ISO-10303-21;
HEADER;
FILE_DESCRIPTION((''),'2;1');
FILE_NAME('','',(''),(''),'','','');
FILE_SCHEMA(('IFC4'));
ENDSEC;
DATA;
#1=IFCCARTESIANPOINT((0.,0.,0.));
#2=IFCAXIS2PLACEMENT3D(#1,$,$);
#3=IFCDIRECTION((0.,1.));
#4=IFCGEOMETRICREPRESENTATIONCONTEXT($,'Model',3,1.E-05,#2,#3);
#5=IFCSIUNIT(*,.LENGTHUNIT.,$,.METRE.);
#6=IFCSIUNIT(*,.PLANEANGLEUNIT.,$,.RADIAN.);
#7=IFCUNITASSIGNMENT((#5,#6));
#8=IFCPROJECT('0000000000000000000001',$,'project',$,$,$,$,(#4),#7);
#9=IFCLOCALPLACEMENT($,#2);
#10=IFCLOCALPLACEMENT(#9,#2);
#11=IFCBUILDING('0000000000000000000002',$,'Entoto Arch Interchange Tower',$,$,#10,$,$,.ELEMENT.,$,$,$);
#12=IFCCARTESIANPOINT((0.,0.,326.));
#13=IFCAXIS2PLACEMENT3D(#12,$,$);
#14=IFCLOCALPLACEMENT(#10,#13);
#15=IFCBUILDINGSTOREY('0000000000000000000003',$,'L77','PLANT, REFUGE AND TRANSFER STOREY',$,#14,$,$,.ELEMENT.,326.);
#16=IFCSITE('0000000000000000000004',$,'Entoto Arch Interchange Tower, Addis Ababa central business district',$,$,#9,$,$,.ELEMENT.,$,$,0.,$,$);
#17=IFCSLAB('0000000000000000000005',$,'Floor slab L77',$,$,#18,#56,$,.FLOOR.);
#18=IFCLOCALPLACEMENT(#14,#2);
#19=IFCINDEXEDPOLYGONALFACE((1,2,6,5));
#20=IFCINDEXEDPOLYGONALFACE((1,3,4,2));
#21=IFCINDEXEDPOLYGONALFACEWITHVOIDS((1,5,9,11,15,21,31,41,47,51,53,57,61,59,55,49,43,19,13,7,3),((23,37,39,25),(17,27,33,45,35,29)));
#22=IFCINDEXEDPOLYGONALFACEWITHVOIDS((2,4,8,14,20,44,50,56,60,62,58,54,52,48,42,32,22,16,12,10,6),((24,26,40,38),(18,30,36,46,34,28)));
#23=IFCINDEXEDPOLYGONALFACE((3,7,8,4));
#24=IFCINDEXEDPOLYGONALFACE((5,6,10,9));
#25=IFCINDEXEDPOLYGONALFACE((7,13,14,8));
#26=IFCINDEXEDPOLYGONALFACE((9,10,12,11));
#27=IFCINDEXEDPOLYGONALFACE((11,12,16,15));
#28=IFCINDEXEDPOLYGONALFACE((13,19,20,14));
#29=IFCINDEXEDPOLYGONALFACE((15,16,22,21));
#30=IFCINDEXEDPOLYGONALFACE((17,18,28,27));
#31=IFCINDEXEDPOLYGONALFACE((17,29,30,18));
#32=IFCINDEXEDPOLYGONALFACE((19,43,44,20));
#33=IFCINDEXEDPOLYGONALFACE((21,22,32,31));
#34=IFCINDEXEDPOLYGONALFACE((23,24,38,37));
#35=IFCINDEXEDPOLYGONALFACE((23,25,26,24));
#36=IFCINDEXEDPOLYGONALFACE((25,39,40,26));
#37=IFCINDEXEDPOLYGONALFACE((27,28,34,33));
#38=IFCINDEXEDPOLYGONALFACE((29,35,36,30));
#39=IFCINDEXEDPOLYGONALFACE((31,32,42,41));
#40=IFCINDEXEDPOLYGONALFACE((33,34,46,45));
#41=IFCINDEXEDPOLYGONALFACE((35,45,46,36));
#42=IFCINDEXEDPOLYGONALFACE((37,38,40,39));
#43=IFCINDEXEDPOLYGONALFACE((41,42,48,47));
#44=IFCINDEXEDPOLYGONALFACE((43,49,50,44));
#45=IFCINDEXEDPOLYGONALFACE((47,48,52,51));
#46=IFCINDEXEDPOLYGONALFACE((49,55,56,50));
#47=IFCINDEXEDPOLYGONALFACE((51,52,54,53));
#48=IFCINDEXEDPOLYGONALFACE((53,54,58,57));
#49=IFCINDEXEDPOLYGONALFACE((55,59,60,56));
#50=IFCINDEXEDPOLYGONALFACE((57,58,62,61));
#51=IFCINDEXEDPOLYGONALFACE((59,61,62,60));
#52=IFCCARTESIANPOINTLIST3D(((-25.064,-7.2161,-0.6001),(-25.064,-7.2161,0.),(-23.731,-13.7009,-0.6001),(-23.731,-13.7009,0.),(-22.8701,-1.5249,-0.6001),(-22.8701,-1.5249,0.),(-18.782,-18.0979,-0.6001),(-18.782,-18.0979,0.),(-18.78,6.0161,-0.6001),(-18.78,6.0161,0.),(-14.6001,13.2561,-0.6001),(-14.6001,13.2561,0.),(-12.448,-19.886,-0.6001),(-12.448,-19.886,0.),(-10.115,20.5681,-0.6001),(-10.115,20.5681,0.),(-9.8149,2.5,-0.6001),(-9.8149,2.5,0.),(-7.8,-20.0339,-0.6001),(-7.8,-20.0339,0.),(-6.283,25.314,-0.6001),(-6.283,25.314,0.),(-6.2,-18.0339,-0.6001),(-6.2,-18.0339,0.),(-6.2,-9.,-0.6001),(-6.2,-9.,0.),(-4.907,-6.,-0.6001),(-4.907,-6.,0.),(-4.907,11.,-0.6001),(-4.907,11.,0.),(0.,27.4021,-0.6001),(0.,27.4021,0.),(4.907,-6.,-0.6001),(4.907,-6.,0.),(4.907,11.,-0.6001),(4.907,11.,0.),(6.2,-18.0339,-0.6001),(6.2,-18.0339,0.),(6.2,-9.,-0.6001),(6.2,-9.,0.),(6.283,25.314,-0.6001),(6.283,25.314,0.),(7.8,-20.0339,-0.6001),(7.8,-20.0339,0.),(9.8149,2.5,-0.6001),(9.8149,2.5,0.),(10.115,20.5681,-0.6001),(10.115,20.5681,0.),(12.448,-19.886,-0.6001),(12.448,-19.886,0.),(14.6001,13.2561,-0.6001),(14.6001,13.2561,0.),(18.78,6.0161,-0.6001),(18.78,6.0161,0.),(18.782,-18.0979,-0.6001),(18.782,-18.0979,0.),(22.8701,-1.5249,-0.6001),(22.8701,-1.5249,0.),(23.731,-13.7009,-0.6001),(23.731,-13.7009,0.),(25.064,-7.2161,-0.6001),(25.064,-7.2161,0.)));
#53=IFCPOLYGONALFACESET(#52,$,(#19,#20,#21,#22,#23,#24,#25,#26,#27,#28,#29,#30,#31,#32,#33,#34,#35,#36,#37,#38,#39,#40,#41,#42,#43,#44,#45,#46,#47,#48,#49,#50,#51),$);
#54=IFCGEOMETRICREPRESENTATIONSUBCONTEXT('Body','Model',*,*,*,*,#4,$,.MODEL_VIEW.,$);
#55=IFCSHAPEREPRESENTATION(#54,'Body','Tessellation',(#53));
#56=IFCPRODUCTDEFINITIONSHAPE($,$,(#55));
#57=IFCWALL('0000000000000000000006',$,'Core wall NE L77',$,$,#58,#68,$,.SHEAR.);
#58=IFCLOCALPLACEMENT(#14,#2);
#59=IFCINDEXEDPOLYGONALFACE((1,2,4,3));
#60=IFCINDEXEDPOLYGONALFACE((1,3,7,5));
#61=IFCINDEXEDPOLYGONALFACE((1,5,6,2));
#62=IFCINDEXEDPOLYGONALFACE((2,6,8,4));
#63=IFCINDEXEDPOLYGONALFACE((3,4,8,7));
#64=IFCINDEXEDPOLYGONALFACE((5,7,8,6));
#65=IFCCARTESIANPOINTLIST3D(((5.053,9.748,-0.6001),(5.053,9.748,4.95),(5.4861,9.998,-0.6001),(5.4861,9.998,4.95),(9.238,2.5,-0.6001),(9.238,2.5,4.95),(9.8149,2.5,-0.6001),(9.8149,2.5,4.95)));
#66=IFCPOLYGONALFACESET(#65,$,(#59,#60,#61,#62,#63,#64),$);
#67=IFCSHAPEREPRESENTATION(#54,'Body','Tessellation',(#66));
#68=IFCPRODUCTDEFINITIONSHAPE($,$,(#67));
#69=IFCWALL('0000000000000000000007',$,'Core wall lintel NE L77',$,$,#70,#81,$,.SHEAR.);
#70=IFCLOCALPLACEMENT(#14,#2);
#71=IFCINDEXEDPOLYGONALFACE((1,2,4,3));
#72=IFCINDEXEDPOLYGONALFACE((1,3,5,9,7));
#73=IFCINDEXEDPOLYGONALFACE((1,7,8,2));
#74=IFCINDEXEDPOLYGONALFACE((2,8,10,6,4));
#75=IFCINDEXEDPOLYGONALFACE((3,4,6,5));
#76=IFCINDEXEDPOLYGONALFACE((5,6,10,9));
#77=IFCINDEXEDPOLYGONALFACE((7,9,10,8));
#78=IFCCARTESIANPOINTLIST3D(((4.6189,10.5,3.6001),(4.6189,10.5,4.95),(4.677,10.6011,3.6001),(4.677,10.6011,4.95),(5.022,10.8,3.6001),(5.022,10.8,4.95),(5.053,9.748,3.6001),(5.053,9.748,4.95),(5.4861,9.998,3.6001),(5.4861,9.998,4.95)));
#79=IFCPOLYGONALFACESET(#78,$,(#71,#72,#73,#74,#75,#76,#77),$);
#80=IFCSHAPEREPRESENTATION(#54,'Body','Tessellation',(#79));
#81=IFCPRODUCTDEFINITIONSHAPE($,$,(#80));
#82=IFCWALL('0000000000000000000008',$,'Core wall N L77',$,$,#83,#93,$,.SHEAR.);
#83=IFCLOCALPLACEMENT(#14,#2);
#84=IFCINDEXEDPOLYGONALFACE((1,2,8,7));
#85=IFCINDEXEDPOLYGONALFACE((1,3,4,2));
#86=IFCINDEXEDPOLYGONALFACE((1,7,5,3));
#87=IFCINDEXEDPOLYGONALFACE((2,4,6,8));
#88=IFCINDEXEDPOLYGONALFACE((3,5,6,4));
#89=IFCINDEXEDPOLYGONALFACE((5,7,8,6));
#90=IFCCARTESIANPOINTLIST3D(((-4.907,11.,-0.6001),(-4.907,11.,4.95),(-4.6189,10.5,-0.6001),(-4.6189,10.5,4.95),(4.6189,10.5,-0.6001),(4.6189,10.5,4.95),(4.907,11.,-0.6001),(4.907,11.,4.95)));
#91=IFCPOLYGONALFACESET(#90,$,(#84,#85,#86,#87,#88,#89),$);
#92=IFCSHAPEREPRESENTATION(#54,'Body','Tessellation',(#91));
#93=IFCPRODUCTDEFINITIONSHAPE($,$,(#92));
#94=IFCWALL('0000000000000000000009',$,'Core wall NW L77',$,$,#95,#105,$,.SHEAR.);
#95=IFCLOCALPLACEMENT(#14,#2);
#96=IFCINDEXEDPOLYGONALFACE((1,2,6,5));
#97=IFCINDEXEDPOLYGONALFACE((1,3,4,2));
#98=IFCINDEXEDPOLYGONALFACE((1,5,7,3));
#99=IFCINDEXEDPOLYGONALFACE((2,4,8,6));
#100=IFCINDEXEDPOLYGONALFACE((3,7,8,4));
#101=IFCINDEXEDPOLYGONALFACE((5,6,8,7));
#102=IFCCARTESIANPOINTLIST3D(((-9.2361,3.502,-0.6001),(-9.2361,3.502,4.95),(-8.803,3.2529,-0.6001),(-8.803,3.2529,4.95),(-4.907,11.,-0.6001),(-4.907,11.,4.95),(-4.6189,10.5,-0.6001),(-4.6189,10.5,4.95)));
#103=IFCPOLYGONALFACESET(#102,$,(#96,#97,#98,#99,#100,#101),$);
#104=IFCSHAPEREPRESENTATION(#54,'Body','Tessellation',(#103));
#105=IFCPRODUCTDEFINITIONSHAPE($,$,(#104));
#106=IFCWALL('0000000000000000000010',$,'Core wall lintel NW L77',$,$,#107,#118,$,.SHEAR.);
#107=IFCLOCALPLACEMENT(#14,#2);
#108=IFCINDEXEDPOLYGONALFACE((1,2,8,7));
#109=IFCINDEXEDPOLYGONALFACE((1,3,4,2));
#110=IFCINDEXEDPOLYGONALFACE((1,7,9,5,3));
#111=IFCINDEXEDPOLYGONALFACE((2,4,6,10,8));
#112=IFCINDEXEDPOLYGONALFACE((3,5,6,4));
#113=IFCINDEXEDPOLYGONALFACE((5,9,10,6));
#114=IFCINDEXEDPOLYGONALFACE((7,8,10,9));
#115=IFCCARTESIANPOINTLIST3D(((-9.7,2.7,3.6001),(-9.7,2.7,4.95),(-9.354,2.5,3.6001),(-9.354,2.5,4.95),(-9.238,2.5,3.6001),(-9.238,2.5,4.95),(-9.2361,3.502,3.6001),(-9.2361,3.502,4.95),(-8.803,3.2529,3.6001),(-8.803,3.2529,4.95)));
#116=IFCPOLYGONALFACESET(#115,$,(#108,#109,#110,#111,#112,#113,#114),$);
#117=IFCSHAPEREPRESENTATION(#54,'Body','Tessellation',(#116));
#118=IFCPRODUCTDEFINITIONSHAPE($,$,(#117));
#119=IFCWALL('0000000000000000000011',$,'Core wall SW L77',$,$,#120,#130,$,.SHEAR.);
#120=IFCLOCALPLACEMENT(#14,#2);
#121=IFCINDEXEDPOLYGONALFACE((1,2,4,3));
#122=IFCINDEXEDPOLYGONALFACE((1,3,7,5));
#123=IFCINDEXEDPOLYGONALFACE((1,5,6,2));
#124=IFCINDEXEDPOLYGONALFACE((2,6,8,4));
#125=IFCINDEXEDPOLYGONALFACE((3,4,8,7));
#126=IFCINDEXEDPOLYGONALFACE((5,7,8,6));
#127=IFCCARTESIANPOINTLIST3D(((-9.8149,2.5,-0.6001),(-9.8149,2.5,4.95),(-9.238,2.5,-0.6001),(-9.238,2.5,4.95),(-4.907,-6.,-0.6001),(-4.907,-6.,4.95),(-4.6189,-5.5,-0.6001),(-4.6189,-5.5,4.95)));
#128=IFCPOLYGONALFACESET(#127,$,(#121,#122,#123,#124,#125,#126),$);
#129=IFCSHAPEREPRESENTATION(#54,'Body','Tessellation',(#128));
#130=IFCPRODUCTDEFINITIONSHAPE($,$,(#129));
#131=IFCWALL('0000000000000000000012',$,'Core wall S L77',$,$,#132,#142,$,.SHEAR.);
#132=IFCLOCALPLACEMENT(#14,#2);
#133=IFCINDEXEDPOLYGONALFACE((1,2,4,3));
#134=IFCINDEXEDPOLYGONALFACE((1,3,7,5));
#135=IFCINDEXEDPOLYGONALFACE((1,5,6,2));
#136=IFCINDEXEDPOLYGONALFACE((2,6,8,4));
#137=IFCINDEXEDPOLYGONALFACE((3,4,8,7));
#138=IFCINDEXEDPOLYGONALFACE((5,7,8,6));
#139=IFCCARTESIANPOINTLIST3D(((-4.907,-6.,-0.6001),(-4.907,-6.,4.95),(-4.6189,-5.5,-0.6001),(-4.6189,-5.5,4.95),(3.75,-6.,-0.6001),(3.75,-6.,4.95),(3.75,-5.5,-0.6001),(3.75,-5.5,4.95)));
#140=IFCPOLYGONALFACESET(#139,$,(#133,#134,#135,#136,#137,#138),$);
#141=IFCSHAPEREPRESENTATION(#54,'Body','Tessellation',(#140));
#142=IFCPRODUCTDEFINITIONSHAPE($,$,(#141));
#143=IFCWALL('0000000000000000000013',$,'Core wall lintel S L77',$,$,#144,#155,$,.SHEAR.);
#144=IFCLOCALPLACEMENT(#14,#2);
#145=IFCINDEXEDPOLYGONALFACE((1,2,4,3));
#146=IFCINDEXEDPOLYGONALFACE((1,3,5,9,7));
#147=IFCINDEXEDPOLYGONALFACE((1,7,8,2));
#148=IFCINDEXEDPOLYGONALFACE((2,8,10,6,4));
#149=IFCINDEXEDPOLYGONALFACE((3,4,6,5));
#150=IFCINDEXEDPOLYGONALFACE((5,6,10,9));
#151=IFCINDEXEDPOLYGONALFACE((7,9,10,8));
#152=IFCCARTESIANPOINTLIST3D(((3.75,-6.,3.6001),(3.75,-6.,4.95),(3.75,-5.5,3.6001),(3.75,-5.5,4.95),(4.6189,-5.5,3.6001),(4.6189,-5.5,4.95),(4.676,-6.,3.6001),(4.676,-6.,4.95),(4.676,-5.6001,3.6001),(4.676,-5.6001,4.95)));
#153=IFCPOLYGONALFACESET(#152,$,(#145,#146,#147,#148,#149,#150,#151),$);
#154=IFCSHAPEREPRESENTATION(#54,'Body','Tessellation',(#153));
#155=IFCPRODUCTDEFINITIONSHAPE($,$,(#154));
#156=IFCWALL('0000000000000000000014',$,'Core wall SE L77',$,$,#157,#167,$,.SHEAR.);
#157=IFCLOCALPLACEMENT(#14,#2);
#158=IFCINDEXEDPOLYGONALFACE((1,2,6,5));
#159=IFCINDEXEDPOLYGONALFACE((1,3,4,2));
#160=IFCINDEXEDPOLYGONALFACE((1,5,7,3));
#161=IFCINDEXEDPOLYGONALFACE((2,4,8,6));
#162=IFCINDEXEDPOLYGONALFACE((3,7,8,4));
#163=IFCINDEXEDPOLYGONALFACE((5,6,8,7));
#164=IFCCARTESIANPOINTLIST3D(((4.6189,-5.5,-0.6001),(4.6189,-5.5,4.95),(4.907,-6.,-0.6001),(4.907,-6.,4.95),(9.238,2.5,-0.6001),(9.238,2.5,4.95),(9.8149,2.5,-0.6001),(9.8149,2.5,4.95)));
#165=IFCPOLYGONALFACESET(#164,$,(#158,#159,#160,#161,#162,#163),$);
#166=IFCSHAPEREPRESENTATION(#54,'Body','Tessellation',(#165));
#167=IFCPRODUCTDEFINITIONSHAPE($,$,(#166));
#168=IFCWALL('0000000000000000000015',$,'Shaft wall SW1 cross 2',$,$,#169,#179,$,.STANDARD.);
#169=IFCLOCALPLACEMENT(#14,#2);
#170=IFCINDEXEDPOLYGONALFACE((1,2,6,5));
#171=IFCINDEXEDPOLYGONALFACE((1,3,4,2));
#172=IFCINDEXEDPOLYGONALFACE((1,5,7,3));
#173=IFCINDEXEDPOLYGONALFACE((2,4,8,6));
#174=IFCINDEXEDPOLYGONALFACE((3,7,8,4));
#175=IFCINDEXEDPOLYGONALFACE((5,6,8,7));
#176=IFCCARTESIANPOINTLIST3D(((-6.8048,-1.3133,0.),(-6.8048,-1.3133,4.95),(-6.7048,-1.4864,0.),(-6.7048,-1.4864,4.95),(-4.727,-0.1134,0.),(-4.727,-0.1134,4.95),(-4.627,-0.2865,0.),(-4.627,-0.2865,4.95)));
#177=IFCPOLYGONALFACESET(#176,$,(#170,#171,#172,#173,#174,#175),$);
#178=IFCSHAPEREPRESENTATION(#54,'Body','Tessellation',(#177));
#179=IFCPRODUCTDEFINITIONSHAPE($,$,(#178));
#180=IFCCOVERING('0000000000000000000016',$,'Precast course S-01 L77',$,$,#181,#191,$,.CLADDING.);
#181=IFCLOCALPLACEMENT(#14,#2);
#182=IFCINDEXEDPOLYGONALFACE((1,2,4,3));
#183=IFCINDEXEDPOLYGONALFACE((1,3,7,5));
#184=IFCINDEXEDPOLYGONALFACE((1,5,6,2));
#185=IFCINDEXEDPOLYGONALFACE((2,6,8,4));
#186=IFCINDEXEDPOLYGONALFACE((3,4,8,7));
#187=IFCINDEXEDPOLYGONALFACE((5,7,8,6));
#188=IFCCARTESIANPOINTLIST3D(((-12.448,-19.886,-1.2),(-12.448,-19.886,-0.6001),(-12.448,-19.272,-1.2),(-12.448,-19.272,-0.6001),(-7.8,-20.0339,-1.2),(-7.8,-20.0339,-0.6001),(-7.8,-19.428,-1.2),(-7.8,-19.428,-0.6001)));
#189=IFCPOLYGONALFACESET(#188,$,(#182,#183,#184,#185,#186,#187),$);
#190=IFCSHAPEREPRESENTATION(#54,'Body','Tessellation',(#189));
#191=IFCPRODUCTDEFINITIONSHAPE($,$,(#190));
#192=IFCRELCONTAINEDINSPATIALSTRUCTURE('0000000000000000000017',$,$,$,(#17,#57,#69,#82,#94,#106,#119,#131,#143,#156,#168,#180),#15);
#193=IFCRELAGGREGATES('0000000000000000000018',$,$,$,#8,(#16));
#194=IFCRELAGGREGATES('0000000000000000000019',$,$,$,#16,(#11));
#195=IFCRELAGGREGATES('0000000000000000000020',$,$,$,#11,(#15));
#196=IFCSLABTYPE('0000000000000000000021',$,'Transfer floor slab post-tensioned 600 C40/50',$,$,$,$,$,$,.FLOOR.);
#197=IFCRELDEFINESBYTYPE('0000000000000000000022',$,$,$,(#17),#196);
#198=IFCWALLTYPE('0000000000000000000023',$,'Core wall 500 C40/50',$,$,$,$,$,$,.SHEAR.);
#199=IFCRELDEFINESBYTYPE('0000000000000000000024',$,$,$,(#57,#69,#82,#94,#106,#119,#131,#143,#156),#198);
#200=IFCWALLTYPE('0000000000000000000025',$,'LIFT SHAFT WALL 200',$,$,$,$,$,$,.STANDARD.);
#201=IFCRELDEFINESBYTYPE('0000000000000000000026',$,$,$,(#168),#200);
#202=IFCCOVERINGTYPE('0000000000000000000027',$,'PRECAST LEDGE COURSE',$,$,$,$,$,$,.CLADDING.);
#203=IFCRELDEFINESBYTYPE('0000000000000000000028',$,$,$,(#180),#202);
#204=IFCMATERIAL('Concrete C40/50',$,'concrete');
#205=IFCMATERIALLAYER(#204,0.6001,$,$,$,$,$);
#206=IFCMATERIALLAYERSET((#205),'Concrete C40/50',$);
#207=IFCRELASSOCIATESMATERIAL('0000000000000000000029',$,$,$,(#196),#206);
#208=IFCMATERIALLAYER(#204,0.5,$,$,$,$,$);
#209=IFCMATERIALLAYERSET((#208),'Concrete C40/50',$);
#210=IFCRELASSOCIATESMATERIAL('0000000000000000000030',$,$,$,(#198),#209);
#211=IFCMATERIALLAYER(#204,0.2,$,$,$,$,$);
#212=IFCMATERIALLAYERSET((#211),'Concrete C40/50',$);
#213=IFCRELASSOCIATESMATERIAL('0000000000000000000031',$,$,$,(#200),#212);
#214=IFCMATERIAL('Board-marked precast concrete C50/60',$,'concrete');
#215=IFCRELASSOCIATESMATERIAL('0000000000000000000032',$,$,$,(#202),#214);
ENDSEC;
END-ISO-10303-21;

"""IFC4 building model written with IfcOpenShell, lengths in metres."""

from ifc_helpers import new_model, si_unit, direction, frame, frame_2d, origin, place, context, subcontext, project, spatial, polyline, rectangle, outline, extrude, material, layer, layer_set, type_object, element, save


model = new_model("IFC4")

# Units and contexts
model_context = context("Model", 3, precision=1e-05, world=origin(), true_north=direction((0.0, 1.0)))
body_context = subcontext(model_context, "Body", "Model", "MODEL_VIEW")
ifc_project = project(units=[si_unit("LENGTHUNIT", "METRE"), si_unit("PLANEANGLEUNIT", "RADIAN")], contexts=[model_context])

# Site, building, storey
site_placement = place(None, origin())
site = spatial("IfcSite", under=ifc_project, at=site_placement, Name="Entoto Arch Interchange Tower, Addis Ababa central business district", CompositionType="ELEMENT", RefElevation=0.0)
building_placement = place(site_placement, origin())
building = spatial("IfcBuilding", under=site, at=building_placement, Name="Entoto Arch Interchange Tower", CompositionType="ELEMENT")
storey_placement = place(building_placement, frame((0.0, 0.0, 326.0)))
storey = spatial("IfcBuildingStorey", under=building, at=storey_placement, Name="L77", Description="PLANT, REFUGE AND TRANSFER STOREY", CompositionType="ELEMENT", Elevation=326.0)

# Slab
ifc_material_1 = material(Name="Concrete C40/50", Category="concrete")
ifc_layer_1 = layer(ifc_material_1, 0.6001)
ifc_layer_set_1 = layer_set([ifc_layer_1], Name="Concrete C40/50")
slab_type = type_object("IfcSlabType", Name="Transfer floor slab post-tensioned 600 C40/50", PredefinedType="FLOOR", material=ifc_layer_set_1)
slab_placement = place(storey_placement, frame((0.0, 0.0, -0.6001)))
element("IfcSlab", 1, at=slab_placement, inside=storey, type_object=slab_type, Name="Floor slab L77", PredefinedType="FLOOR", context=body_context, shape_type="SweptSolid", body=[
    extrude(outline(polyline([(-12.448, -19.886), (-7.8, -20.0339), (7.8, -20.0339), (12.448, -19.886), (18.782, -18.0979), (23.731, -13.7009), (25.064, -7.2161), (22.8701, -1.5249), (18.78, 6.0161), (14.6001, 13.2561), (10.115, 20.5681), (6.283, 25.314), (0.0, 27.4021), (-6.283, 25.314), (-10.115, 20.5681), (-14.6001, 13.2561), (-18.78, 6.0161), (-22.8701, -1.5249), (-25.064, -7.2161), (-23.731, -13.7009), (-18.782, -18.0979), (-12.448, -19.886)]), holes=[polyline([(6.2, -18.0339), (6.2, -9.0), (-6.2, -9.0), (-6.2, -18.0339), (6.2, -18.0339)]), polyline([(9.8149, 2.5), (4.907, 11.0), (-4.907, 11.0), (-9.8149, 2.5), (-4.907, -6.0), (4.907, -6.0), (9.8149, 2.5)])]), origin(), (0.0, 0.0, 1.0), 0.6001),
])

# Walls
ifc_layer_2 = layer(ifc_material_1, 0.5)
ifc_layer_set_2 = layer_set([ifc_layer_2], Name="Concrete C40/50")
wall_type_1 = type_object("IfcWallType", Name="Core wall 500 C40/50", PredefinedType="SHEAR", material=ifc_layer_set_2)
wall_1_placement = place(storey_placement, frame((0.0, 0.0, -0.6001)))
element("IfcWall", 2, at=wall_1_placement, inside=storey, type_object=wall_type_1, Name="Core wall NE L77", PredefinedType="SHEAR", context=body_context, shape_type="SweptSolid", body=[
    extrude(outline(polyline([(5.4861, 9.998), (5.053, 9.748), (9.238, 2.5), (9.8149, 2.5), (5.4861, 9.998)])), origin(), (0.0, 0.0, 1.0), 5.55),
])
wall_2_placement = place(storey_placement, frame((0.0, 0.0, 3.6001)))
element("IfcWall", 3, at=wall_2_placement, inside=storey, type_object=wall_type_1, Name="Core wall lintel NE L77", PredefinedType="SHEAR", context=body_context, shape_type="SweptSolid", body=[
    extrude(outline(polyline([(5.022, 10.8), (4.677, 10.6011), (4.6189, 10.5), (5.053, 9.748), (5.4861, 9.998), (5.022, 10.8)])), origin(), (0.0, 0.0, 1.0), 1.3499),
])
wall_3_placement = place(storey_placement, frame((0.0, 0.0, -0.6001)))
element("IfcWall", 4, at=wall_3_placement, inside=storey, type_object=wall_type_1, Name="Core wall N L77", PredefinedType="SHEAR", context=body_context, shape_type="SweptSolid", body=[
    extrude(outline(polyline([(4.907, 11.0), (-4.907, 11.0), (-4.6189, 10.5), (4.6189, 10.5), (4.907, 11.0)])), origin(), (0.0, 0.0, 1.0), 5.55),
])
wall_4_placement = place(storey_placement, frame((0.0, 0.0, -0.6001)))
element("IfcWall", 5, at=wall_4_placement, inside=storey, type_object=wall_type_1, Name="Core wall NW L77", PredefinedType="SHEAR", context=body_context, shape_type="SweptSolid", body=[
    extrude(outline(polyline([(-9.2361, 3.502), (-8.803, 3.2529), (-4.6189, 10.5), (-4.907, 11.0), (-9.2361, 3.502)])), origin(), (0.0, 0.0, 1.0), 5.55),
])
wall_5_placement = place(storey_placement, frame((0.0, 0.0, 3.6001)))
element("IfcWall", 6, at=wall_5_placement, inside=storey, type_object=wall_type_1, Name="Core wall lintel NW L77", PredefinedType="SHEAR", context=body_context, shape_type="SweptSolid", body=[
    extrude(outline(polyline([(-9.7, 2.7), (-9.354, 2.5), (-9.238, 2.5), (-8.803, 3.2529), (-9.2361, 3.502), (-9.7, 2.7)])), origin(), (0.0, 0.0, 1.0), 1.3499),
])
wall_6_placement = place(storey_placement, frame((0.0, 0.0, -0.6001)))
element("IfcWall", 7, at=wall_6_placement, inside=storey, type_object=wall_type_1, Name="Core wall SW L77", PredefinedType="SHEAR", context=body_context, shape_type="SweptSolid", body=[
    extrude(outline(polyline([(-9.8149, 2.5), (-4.907, -6.0), (-4.6189, -5.5), (-9.238, 2.5), (-9.8149, 2.5)])), origin(), (0.0, 0.0, 1.0), 5.55),
])
wall_7_placement = place(storey_placement, frame((0.0, 0.0, -0.6001)))
element("IfcWall", 8, at=wall_7_placement, inside=storey, type_object=wall_type_1, Name="Core wall S L77", PredefinedType="SHEAR", context=body_context, shape_type="SweptSolid", body=[
    extrude(outline(polyline([(3.75, -6.0), (3.75, -5.5), (-4.6189, -5.5), (-4.907, -6.0), (3.75, -6.0)])), origin(), (0.0, 0.0, 1.0), 5.55),
])
wall_8_placement = place(storey_placement, frame((0.0, 0.0, 3.6001)))
element("IfcWall", 9, at=wall_8_placement, inside=storey, type_object=wall_type_1, Name="Core wall lintel S L77", PredefinedType="SHEAR", context=body_context, shape_type="SweptSolid", body=[
    extrude(outline(polyline([(4.676, -6.0), (4.676, -5.6001), (4.6189, -5.5), (3.75, -5.5), (3.75, -6.0), (4.676, -6.0)])), origin(), (0.0, 0.0, 1.0), 1.3499),
])
wall_9_placement = place(storey_placement, frame((0.0, 0.0, -0.6001)))
element("IfcWall", 10, at=wall_9_placement, inside=storey, type_object=wall_type_1, Name="Core wall SE L77", PredefinedType="SHEAR", context=body_context, shape_type="SweptSolid", body=[
    extrude(outline(polyline([(4.907, -6.0), (9.8149, 2.5), (9.238, 2.5), (4.6189, -5.5), (4.907, -6.0)])), origin(), (0.0, 0.0, 1.0), 5.55),
])
ifc_layer_3 = layer(ifc_material_1, 0.2)
ifc_layer_set_3 = layer_set([ifc_layer_3], Name="Concrete C40/50")
wall_type_2 = type_object("IfcWallType", Name="LIFT SHAFT WALL 200", PredefinedType="STANDARD", material=ifc_layer_set_3)
wall_10_placement = place(storey_placement, frame((-4.677, -0.2, 0.0), z_axis=(0.0, 0.0, 1.0), x_axis=(-0.865974, -0.500089, 0.0)))
element("IfcWall", 11, at=wall_10_placement, inside=storey, type_object=wall_type_2, Name="Shaft wall SW1 cross 2", PredefinedType="STANDARD", context=body_context, shape_type="SweptSolid", body=[
    extrude(rectangle(XDim=2.3994, YDim=0.2, at=frame_2d((1.1997, 0.0))), origin(), (0.0, 0.0, 1.0), 4.95),
])

# Covering
ifc_material_2 = material(Name="Board-marked precast concrete C50/60", Category="concrete")
covering_type = type_object("IfcCoveringType", Name="PRECAST LEDGE COURSE", PredefinedType="CLADDING", material=ifc_material_2)
covering_1_placement = place(storey_placement, frame((0.0, 0.0, -1.2)))
element("IfcCovering", 12, at=covering_1_placement, inside=storey, type_object=covering_type, Name="Precast course S-01 L77", PredefinedType="CLADDING", context=body_context, shape_type="SweptSolid", body=[
    extrude(outline(polyline([(-7.8, -19.428), (-7.8, -20.0339), (-12.448, -19.886), (-12.448, -19.272), (-7.8, -19.428)])), origin(), (0.0, 0.0, 1.0), 0.5999),
])

save(model, "model.ifc")
